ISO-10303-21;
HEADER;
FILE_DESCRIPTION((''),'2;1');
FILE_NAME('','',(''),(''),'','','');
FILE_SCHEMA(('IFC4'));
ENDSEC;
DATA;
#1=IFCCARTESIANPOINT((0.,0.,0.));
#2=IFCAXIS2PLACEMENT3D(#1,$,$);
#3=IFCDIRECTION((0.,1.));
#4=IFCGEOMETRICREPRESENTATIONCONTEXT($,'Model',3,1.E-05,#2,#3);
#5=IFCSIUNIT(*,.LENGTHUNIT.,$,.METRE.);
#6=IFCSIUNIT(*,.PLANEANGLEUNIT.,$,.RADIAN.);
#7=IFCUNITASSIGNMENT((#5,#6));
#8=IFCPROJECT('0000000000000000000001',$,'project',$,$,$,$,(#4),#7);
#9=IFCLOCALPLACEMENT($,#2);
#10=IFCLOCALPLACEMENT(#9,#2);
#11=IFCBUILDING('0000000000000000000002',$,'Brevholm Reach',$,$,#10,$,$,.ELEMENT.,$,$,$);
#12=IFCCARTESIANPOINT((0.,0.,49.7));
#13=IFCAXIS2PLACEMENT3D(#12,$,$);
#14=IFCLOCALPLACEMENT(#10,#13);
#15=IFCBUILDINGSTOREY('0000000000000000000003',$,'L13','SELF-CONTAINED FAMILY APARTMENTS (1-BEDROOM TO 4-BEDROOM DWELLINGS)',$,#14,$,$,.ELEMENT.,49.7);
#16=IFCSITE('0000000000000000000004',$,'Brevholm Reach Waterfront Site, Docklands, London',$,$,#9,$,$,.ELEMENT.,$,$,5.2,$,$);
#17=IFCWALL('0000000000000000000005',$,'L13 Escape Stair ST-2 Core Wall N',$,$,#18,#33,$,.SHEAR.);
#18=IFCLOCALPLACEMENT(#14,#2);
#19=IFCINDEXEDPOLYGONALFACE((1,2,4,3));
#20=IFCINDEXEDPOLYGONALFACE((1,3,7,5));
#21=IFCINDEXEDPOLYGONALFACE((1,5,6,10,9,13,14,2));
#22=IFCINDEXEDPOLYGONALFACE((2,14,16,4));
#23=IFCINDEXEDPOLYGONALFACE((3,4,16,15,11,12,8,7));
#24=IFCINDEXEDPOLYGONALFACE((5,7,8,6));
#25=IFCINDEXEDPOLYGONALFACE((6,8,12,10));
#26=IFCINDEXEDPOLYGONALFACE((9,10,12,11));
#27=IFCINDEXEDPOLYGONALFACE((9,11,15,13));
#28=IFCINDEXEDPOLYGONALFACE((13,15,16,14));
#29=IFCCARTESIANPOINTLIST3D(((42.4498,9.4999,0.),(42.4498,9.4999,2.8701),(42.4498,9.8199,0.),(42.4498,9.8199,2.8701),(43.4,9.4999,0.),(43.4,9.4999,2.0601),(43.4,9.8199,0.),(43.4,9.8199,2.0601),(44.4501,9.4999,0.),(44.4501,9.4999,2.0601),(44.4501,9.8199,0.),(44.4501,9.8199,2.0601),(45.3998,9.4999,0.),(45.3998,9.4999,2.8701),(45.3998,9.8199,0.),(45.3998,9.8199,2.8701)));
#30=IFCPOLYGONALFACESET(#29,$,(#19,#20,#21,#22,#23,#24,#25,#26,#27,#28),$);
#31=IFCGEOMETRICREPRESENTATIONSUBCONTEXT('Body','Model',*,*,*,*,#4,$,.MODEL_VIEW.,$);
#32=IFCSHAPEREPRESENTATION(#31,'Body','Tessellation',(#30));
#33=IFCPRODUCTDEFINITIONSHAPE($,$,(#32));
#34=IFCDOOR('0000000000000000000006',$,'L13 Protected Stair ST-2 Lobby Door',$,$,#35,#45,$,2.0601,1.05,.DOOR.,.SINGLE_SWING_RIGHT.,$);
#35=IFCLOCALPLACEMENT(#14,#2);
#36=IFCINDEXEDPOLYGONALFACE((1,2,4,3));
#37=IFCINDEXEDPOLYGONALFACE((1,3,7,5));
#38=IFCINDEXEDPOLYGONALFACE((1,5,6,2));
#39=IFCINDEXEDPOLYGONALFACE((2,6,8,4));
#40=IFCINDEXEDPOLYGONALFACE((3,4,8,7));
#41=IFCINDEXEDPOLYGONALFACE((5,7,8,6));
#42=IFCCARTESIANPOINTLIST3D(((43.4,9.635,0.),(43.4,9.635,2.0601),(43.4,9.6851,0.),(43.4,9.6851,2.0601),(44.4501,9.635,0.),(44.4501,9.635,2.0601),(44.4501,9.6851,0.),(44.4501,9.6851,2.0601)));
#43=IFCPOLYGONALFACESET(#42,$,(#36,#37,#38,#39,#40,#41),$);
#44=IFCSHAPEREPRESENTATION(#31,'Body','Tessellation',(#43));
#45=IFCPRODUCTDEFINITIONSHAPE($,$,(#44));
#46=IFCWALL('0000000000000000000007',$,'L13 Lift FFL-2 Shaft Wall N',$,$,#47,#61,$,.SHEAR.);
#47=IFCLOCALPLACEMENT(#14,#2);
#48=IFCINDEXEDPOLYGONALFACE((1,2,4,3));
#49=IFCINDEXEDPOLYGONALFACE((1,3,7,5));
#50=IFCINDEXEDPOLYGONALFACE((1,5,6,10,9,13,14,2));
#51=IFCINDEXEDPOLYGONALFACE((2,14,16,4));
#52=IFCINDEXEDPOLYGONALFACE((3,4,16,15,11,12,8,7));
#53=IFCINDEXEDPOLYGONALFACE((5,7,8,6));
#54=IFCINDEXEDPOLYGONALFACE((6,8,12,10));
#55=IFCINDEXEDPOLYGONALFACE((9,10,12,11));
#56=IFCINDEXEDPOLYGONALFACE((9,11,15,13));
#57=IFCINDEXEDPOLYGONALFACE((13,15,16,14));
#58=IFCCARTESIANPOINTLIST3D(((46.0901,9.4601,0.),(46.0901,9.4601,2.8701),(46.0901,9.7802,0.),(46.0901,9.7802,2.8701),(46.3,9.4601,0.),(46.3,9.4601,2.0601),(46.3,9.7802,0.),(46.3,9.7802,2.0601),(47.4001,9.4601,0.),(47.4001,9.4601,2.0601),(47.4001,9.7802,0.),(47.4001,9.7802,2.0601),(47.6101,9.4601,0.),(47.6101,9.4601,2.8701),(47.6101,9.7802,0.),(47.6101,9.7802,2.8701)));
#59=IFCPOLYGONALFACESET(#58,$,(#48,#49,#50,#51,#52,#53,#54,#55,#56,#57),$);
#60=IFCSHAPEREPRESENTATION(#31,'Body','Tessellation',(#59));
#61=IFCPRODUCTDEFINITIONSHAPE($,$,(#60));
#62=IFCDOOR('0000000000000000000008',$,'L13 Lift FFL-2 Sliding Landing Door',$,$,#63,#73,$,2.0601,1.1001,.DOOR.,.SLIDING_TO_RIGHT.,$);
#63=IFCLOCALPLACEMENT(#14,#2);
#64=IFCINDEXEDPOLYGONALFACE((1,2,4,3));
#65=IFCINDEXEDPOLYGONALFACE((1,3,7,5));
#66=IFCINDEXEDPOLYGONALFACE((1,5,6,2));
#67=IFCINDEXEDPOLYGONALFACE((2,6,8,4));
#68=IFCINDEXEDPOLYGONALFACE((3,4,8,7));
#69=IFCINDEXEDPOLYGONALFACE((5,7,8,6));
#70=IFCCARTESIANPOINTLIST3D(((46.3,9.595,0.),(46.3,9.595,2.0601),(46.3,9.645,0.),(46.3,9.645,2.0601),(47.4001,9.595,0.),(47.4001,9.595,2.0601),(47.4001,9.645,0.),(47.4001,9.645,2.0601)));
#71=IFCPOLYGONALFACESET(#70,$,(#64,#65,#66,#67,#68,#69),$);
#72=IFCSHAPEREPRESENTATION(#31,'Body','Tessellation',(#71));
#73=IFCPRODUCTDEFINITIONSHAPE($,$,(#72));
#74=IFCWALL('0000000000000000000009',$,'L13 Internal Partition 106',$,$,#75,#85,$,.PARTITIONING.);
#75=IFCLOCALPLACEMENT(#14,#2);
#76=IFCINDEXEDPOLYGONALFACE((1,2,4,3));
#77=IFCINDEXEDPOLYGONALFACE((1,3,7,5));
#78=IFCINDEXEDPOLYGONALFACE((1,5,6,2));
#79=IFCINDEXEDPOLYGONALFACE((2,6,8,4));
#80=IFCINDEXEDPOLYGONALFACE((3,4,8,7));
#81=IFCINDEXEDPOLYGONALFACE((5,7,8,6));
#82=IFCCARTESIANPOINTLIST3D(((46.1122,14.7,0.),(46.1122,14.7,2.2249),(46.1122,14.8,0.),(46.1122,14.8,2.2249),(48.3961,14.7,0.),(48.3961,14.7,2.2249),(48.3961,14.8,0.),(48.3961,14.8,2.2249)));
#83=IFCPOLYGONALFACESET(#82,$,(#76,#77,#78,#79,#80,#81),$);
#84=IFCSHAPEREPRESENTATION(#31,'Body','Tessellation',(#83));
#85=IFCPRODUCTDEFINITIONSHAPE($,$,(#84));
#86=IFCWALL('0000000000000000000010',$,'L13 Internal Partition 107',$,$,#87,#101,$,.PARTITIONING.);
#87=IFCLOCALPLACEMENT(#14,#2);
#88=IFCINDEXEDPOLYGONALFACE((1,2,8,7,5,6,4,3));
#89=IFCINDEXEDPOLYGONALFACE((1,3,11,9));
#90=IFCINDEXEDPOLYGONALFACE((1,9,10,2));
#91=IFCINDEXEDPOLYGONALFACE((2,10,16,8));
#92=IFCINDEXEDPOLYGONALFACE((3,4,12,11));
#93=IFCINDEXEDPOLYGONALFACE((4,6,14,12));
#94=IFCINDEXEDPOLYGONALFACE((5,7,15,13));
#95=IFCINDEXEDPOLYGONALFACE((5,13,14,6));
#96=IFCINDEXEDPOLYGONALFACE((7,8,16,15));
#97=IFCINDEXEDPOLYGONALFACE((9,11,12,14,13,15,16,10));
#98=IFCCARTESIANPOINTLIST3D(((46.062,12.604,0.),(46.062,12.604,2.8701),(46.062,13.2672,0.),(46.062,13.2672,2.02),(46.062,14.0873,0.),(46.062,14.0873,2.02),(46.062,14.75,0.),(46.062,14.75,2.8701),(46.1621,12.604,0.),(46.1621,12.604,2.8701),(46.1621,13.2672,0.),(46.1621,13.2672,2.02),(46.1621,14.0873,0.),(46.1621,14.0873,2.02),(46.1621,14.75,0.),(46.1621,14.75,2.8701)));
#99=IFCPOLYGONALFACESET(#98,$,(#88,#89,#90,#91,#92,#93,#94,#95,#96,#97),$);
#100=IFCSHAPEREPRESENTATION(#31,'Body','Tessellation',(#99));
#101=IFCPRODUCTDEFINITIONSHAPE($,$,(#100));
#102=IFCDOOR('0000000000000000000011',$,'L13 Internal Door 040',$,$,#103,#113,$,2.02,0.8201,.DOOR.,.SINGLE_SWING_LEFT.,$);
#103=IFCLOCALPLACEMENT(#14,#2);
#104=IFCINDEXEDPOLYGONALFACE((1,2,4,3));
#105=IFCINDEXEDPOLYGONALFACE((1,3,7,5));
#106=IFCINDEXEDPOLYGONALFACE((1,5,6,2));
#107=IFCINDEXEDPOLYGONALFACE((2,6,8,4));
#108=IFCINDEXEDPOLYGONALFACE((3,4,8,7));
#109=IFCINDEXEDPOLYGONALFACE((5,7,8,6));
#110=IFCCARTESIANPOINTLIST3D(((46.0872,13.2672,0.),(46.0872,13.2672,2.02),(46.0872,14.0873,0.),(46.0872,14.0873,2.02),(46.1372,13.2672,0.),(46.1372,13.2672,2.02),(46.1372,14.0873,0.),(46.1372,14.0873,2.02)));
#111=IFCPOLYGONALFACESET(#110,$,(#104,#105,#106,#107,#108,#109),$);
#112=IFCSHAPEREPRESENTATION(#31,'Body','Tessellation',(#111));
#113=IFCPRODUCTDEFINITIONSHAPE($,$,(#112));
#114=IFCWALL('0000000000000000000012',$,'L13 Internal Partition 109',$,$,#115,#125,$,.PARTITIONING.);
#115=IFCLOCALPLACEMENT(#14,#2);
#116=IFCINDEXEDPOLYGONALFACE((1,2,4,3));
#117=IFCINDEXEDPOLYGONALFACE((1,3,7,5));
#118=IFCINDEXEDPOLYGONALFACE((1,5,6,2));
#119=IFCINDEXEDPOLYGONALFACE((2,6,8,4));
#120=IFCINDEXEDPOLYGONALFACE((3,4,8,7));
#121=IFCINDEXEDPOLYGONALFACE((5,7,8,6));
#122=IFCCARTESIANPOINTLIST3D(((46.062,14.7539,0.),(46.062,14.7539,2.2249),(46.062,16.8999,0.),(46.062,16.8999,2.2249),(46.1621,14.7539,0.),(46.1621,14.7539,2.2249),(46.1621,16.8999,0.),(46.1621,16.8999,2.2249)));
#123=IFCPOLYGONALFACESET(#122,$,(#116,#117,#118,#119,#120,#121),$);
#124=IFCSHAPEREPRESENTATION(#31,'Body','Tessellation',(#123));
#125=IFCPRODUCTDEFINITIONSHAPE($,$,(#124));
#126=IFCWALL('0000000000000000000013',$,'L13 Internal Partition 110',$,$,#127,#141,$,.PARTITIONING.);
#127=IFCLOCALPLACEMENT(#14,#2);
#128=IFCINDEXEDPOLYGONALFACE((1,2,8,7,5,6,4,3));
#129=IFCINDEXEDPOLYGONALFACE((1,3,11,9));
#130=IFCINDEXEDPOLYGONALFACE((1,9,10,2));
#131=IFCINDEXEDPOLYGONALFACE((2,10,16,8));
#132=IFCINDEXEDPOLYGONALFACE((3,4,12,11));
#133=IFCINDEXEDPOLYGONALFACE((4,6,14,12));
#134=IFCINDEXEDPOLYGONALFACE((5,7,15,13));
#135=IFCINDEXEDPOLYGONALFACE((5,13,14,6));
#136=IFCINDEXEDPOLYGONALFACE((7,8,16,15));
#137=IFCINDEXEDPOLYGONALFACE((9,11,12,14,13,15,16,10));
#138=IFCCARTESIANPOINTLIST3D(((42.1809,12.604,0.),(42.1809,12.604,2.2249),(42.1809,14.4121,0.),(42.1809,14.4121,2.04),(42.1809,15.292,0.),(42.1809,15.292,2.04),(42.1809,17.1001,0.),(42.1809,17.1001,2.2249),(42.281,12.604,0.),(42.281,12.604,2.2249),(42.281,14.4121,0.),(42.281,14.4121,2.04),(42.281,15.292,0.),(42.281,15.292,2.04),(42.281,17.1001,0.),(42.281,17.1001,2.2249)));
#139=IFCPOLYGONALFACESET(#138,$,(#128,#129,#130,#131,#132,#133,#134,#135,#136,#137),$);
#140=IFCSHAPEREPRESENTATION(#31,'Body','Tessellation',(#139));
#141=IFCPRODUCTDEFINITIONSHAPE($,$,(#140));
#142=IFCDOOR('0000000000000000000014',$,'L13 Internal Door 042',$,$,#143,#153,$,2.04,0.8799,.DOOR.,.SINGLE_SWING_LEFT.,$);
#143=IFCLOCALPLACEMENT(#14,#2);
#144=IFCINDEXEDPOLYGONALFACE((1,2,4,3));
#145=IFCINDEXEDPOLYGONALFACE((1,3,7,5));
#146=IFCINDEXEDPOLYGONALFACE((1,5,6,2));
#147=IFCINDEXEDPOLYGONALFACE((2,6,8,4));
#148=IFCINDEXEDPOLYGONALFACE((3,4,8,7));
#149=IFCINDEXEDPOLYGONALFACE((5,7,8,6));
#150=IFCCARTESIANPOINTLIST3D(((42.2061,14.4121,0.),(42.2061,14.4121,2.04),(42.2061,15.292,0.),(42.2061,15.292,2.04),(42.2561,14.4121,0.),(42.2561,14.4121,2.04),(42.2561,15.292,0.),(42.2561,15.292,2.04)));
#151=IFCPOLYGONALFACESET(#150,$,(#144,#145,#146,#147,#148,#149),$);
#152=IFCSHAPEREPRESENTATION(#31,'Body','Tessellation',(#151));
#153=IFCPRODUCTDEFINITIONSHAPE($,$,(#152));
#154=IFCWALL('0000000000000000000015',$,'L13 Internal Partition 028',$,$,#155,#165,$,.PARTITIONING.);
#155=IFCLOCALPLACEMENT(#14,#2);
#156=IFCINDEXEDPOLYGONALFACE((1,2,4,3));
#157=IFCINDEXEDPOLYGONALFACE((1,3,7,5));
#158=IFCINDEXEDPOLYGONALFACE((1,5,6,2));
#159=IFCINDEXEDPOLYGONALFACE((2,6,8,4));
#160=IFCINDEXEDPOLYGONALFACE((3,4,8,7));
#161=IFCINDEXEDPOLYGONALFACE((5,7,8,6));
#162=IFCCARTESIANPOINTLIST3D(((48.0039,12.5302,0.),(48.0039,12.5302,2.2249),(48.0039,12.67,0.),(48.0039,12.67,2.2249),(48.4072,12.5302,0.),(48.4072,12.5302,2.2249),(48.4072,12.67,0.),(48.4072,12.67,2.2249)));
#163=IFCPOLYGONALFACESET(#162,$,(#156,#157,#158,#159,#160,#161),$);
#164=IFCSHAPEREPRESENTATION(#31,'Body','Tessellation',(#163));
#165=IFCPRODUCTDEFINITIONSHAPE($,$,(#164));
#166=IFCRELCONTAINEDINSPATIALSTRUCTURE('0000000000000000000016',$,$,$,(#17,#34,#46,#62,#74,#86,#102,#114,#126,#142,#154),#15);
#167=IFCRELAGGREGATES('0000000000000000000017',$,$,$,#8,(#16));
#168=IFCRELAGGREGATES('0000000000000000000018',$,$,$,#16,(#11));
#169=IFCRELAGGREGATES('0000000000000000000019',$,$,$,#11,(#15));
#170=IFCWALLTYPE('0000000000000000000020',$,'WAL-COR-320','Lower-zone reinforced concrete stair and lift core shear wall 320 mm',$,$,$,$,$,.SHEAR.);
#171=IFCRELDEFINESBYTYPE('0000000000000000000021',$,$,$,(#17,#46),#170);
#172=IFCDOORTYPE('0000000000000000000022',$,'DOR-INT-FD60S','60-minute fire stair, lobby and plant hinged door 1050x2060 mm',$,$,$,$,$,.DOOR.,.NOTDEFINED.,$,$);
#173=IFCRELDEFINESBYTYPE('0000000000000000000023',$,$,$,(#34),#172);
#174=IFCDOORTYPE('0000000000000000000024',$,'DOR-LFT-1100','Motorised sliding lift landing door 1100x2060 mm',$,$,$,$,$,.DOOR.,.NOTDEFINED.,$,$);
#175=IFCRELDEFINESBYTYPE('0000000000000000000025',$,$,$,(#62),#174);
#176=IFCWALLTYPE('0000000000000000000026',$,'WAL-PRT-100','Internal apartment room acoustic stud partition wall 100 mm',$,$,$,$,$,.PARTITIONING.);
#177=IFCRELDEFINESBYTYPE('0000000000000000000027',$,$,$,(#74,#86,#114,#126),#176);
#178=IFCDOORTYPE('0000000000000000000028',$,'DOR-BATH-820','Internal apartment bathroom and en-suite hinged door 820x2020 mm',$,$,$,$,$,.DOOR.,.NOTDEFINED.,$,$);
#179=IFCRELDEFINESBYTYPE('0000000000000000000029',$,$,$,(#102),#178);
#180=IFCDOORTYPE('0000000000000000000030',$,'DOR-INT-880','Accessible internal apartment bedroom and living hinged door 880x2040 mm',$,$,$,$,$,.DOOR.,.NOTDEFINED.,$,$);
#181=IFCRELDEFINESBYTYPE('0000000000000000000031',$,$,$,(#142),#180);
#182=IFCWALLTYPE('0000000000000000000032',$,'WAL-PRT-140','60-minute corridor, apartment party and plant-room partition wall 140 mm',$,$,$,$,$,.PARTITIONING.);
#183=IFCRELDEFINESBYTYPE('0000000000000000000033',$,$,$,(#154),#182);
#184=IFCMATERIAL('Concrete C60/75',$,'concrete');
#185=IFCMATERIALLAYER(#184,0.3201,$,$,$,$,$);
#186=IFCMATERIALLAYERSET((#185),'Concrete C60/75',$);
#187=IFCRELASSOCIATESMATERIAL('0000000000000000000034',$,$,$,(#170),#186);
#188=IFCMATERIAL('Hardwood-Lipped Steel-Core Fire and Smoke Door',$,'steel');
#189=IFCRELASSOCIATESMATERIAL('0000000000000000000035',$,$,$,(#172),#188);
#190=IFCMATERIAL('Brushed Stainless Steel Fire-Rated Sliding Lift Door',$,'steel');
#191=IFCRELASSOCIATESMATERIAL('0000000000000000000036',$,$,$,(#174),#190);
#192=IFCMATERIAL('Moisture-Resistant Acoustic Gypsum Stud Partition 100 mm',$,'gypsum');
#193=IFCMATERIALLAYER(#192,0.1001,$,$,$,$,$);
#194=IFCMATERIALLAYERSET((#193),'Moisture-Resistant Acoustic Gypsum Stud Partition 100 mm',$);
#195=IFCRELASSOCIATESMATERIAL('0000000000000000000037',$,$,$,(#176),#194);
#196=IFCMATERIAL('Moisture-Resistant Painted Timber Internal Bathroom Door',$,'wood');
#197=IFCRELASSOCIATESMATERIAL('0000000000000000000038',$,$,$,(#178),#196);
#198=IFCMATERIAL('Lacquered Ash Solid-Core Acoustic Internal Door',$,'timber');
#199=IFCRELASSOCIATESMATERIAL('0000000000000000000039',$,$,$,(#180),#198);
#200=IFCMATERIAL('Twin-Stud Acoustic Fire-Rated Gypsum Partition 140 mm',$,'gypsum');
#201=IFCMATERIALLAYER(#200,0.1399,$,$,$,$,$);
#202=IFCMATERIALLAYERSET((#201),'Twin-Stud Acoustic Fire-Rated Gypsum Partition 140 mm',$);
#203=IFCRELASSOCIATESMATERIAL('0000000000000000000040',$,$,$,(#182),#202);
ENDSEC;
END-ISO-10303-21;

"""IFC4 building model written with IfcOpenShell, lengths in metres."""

from ifc_helpers import new_model, si_unit, direction, frame, frame_2d, origin, place, context, subcontext, project, spatial, rectangle, extrude, material, layer, layer_set, type_object, element, fill, save


model = new_model("IFC4")

# Units and contexts
model_context = context("Model", 3, precision=1e-05, world=origin(), true_north=direction((0.0, 1.0)))
body_context = subcontext(model_context, "Body", "Model", "MODEL_VIEW")
ifc_project = project(units=[si_unit("LENGTHUNIT", "METRE"), si_unit("PLANEANGLEUNIT", "RADIAN")], contexts=[model_context])

# Site, building, storey
site_placement = place(None, origin())
site = spatial("IfcSite", under=ifc_project, at=site_placement, Name="Brevholm Reach Waterfront Site, Docklands, London", CompositionType="ELEMENT", RefElevation=5.2)
building_placement = place(site_placement, origin())
building = spatial("IfcBuilding", under=site, at=building_placement, Name="Brevholm Reach", CompositionType="ELEMENT")
storey_placement = place(building_placement, frame((0.0, 0.0, 49.7)))
storey = spatial("IfcBuildingStorey", under=building, at=storey_placement, Name="L13", Description="SELF-CONTAINED FAMILY APARTMENTS (1-BEDROOM TO 4-BEDROOM DWELLINGS)", CompositionType="ELEMENT", Elevation=49.7)

# Walls, openings, doors
ifc_material_1 = material(Name="Concrete C60/75", Category="concrete")
ifc_layer_1 = layer(ifc_material_1, 0.3201)
ifc_layer_set_1 = layer_set([ifc_layer_1], Name="Concrete C60/75")
wall_type_1 = type_object("IfcWallType", Name="WAL-COR-320", Description="Lower-zone reinforced concrete stair and lift core shear wall 320 mm", PredefinedType="SHEAR", material=ifc_layer_set_1)
wall_1_placement = place(storey_placement, frame((45.3999, 9.6599, 0.0), z_axis=(0.0, 0.0, 1.0), x_axis=(-1.0, 0.0, 0.0)))
wall_1 = element("IfcWall", 1, at=wall_1_placement, inside=storey, type_object=wall_type_1, Name="L13 Escape Stair ST-2 Core Wall N", PredefinedType="SHEAR", context=body_context, shape_type="SweptSolid", body=[
    extrude(rectangle(XDim=2.95, YDim=0.3201, at=frame_2d((1.4751, 0.0))), origin(), (0.0, 0.0, 1.0), 2.8701),
])
opening_1_placement = place(wall_1_placement, frame((0.95, 0.0, 0.0)))
opening_1 = element("IfcOpeningElement", 2, at=opening_1_placement, cuts=wall_1, PredefinedType="OPENING", context=body_context, shape_type="SweptSolid", body=[
    extrude(rectangle(XDim=1.05, YDim=2.0601, at=frame_2d((0.5249, 1.03))), frame((0.0, 0.1699, 0.0), z_axis=(0.0, -1.0, 0.0), x_axis=(1.0, 0.0, 0.0)), (0.0, 0.0, 1.0), 0.3401),
])
ifc_material_2 = material(Name="Hardwood-Lipped Steel-Core Fire and Smoke Door", Category="steel")
door_type_1 = type_object("IfcDoorType", Name="DOR-INT-FD60S", Description="60-minute fire stair, lobby and plant hinged door 1050x2060 mm", OperationType="NOTDEFINED", PredefinedType="DOOR", material=ifc_material_2)
door_1_placement = place(opening_1_placement, origin())
door_1 = element("IfcDoor", 3, at=door_1_placement, inside=storey, type_object=door_type_1, Name="L13 Protected Stair ST-2 Lobby Door", OperationType="SINGLE_SWING_RIGHT", OverallHeight=2.0601, OverallWidth=1.05, PredefinedType="DOOR", context=body_context, shape_type="SweptSolid", body=[
    extrude(rectangle(XDim=1.05, YDim=2.0601, at=frame_2d((0.5249, 1.03))), frame((0.0, 0.0249, 0.0), z_axis=(0.0, -1.0, 0.0), x_axis=(1.0, 0.0, 0.0)), (0.0, 0.0, 1.0), 0.05),
])
fill(opening_1, door_1)
wall_2_placement = place(storey_placement, frame((46.0901, 9.6201, 0.0), z_axis=(0.0, 0.0, 1.0), x_axis=(1.0, 0.0, 0.0)))
wall_2 = element("IfcWall", 4, at=wall_2_placement, inside=storey, type_object=wall_type_1, Name="L13 Lift FFL-2 Shaft Wall N", PredefinedType="SHEAR", context=body_context, shape_type="SweptSolid", body=[
    extrude(rectangle(XDim=1.52, YDim=0.3201, at=frame_2d((0.76, 0.0))), origin(), (0.0, 0.0, 1.0), 2.8701),
])
opening_2_placement = place(wall_2_placement, frame((0.21, 0.0, 0.0)))
opening_2 = element("IfcOpeningElement", 5, at=opening_2_placement, cuts=wall_2, PredefinedType="OPENING", context=body_context, shape_type="SweptSolid", body=[
    extrude(rectangle(XDim=1.1001, YDim=2.0601, at=frame_2d((0.55, 1.03))), frame((0.0, 0.1699, 0.0), z_axis=(0.0, -1.0, 0.0), x_axis=(1.0, 0.0, 0.0)), (0.0, 0.0, 1.0), 0.3401),
])
ifc_material_3 = material(Name="Brushed Stainless Steel Fire-Rated Sliding Lift Door", Category="steel")
door_type_2 = type_object("IfcDoorType", Name="DOR-LFT-1100", Description="Motorised sliding lift landing door 1100x2060 mm", OperationType="NOTDEFINED", PredefinedType="DOOR", material=ifc_material_3)
door_2_placement = place(opening_2_placement, origin())
door_2 = element("IfcDoor", 6, at=door_2_placement, inside=storey, type_object=door_type_2, Name="L13 Lift FFL-2 Sliding Landing Door", OperationType="SLIDING_TO_RIGHT", OverallHeight=2.0601, OverallWidth=1.1001, PredefinedType="DOOR", context=body_context, shape_type="SweptSolid", body=[
    extrude(rectangle(XDim=1.1001, YDim=2.0601, at=frame_2d((0.55, 1.03))), frame((0.0, 0.0249, 0.0), z_axis=(0.0, -1.0, 0.0), x_axis=(1.0, 0.0, 0.0)), (0.0, 0.0, 1.0), 0.05),
])
fill(opening_2, door_2)

# Wall
ifc_material_4 = material(Name="Moisture-Resistant Acoustic Gypsum Stud Partition 100 mm", Category="gypsum")
ifc_layer_2 = layer(ifc_material_4, 0.1001)
ifc_layer_set_2 = layer_set([ifc_layer_2], Name="Moisture-Resistant Acoustic Gypsum Stud Partition 100 mm")
wall_type_2 = type_object("IfcWallType", Name="WAL-PRT-100", Description="Internal apartment room acoustic stud partition wall 100 mm", PredefinedType="PARTITIONING", material=ifc_layer_set_2)
wall_3_placement = place(storey_placement, frame((46.1121, 14.75, 0.0), z_axis=(0.0, 0.0, 1.0), x_axis=(1.0, 0.0, 0.0)))
element("IfcWall", 7, at=wall_3_placement, inside=storey, type_object=wall_type_2, Name="L13 Internal Partition 106", PredefinedType="PARTITIONING", context=body_context, shape_type="SweptSolid", body=[
    extrude(rectangle(XDim=2.2839, YDim=0.1001, at=frame_2d((1.1421, 0.0))), origin(), (0.0, 0.0, 1.0), 2.2249),
])

# Wall, opening, door
wall_4_placement = place(storey_placement, frame((46.1121, 12.604, 0.0), z_axis=(0.0, 0.0, 1.0), x_axis=(0.0, 1.0, 0.0)))
wall_4 = element("IfcWall", 8, at=wall_4_placement, inside=storey, type_object=wall_type_2, Name="L13 Internal Partition 107", PredefinedType="PARTITIONING", context=body_context, shape_type="SweptSolid", body=[
    extrude(rectangle(XDim=2.146, YDim=0.1001, at=frame_2d((1.073, 0.0))), origin(), (0.0, 0.0, 1.0), 2.8701),
])
opening_3_placement = place(wall_4_placement, frame((0.6631, 0.0, 0.0)))
opening_3 = element("IfcOpeningElement", 9, at=opening_3_placement, cuts=wall_4, PredefinedType="OPENING", context=body_context, shape_type="SweptSolid", body=[
    extrude(rectangle(XDim=0.8201, YDim=2.02, at=frame_2d((0.4102, 1.01))), frame((0.0, 0.0601, 0.0), z_axis=(0.0, -1.0, 0.0), x_axis=(1.0, 0.0, 0.0)), (0.0, 0.0, 1.0), 0.1201),
])
ifc_material_5 = material(Name="Moisture-Resistant Painted Timber Internal Bathroom Door", Category="wood")
door_type_3 = type_object("IfcDoorType", Name="DOR-BATH-820", Description="Internal apartment bathroom and en-suite hinged door 820x2020 mm", OperationType="NOTDEFINED", PredefinedType="DOOR", material=ifc_material_5)
door_3_placement = place(opening_3_placement, origin())
door_3 = element("IfcDoor", 10, at=door_3_placement, inside=storey, type_object=door_type_3, Name="L13 Internal Door 040", OperationType="SINGLE_SWING_LEFT", OverallHeight=2.02, OverallWidth=0.8201, PredefinedType="DOOR", context=body_context, shape_type="SweptSolid", body=[
    extrude(rectangle(XDim=0.8201, YDim=2.02, at=frame_2d((0.4102, 1.01))), frame((0.0, 0.0249, 0.0), z_axis=(0.0, -1.0, 0.0), x_axis=(1.0, 0.0, 0.0)), (0.0, 0.0, 1.0), 0.05),
])
fill(opening_3, door_3)

# Wall
wall_5_placement = place(storey_placement, frame((46.1121, 14.7539, 0.0), z_axis=(0.0, 0.0, 1.0), x_axis=(0.0, 1.0, 0.0)))
element("IfcWall", 11, at=wall_5_placement, inside=storey, type_object=wall_type_2, Name="L13 Internal Partition 109", PredefinedType="PARTITIONING", context=body_context, shape_type="SweptSolid", body=[
    extrude(rectangle(XDim=2.146, YDim=0.1001, at=frame_2d((1.073, 0.0))), origin(), (0.0, 0.0, 1.0), 2.2249),
])

# Wall, opening, door
wall_6_placement = place(storey_placement, frame((42.231, 12.604, 0.0), z_axis=(0.0, 0.0, 1.0), x_axis=(0.0, 1.0, 0.0)))
wall_6 = element("IfcWall", 12, at=wall_6_placement, inside=storey, type_object=wall_type_2, Name="L13 Internal Partition 110", PredefinedType="PARTITIONING", context=body_context, shape_type="SweptSolid", body=[
    extrude(rectangle(XDim=4.4961, YDim=0.1001, at=frame_2d((2.248, 0.0))), origin(), (0.0, 0.0, 1.0), 2.2249),
])
opening_4_placement = place(wall_6_placement, frame((1.8081, 0.0, 0.0)))
opening_4 = element("IfcOpeningElement", 13, at=opening_4_placement, cuts=wall_6, PredefinedType="OPENING", context=body_context, shape_type="SweptSolid", body=[
    extrude(rectangle(XDim=0.8799, YDim=2.04, at=frame_2d((0.4399, 1.02))), frame((0.0, 0.0601, 0.0), z_axis=(0.0, -1.0, 0.0), x_axis=(1.0, 0.0, 0.0)), (0.0, 0.0, 1.0), 0.1201),
])
ifc_material_6 = material(Name="Lacquered Ash Solid-Core Acoustic Internal Door", Category="timber")
door_type_4 = type_object("IfcDoorType", Name="DOR-INT-880", Description="Accessible internal apartment bedroom and living hinged door 880x2040 mm", OperationType="NOTDEFINED", PredefinedType="DOOR", material=ifc_material_6)
door_4_placement = place(opening_4_placement, origin())
door_4 = element("IfcDoor", 14, at=door_4_placement, inside=storey, type_object=door_type_4, Name="L13 Internal Door 042", OperationType="SINGLE_SWING_LEFT", OverallHeight=2.04, OverallWidth=0.8799, PredefinedType="DOOR", context=body_context, shape_type="SweptSolid", body=[
    extrude(rectangle(XDim=0.8799, YDim=2.04, at=frame_2d((0.4399, 1.02))), frame((0.0, 0.0249, 0.0), z_axis=(0.0, -1.0, 0.0), x_axis=(1.0, 0.0, 0.0)), (0.0, 0.0, 1.0), 0.05),
])
fill(opening_4, door_4)

# Wall
ifc_material_7 = material(Name="Twin-Stud Acoustic Fire-Rated Gypsum Partition 140 mm", Category="gypsum")
ifc_layer_3 = layer(ifc_material_7, 0.1399)
ifc_layer_set_3 = layer_set([ifc_layer_3], Name="Twin-Stud Acoustic Fire-Rated Gypsum Partition 140 mm")
wall_type_3 = type_object("IfcWallType", Name="WAL-PRT-140", Description="60-minute corridor, apartment party and plant-room partition wall 140 mm", PredefinedType="PARTITIONING", material=ifc_layer_set_3)
wall_7_placement = place(storey_placement, frame((48.0039, 12.6001, 0.0), z_axis=(0.0, 0.0, 1.0), x_axis=(1.0, 0.0, 0.0)))
element("IfcWall", 15, at=wall_7_placement, inside=storey, type_object=wall_type_3, Name="L13 Internal Partition 028", PredefinedType="PARTITIONING", context=body_context, shape_type="SweptSolid", body=[
    extrude(rectangle(XDim=0.4033, YDim=0.1399, at=frame_2d((0.2017, 0.0))), origin(), (0.0, 0.0, 1.0), 2.2249),
])

save(model, "model.ifc")
